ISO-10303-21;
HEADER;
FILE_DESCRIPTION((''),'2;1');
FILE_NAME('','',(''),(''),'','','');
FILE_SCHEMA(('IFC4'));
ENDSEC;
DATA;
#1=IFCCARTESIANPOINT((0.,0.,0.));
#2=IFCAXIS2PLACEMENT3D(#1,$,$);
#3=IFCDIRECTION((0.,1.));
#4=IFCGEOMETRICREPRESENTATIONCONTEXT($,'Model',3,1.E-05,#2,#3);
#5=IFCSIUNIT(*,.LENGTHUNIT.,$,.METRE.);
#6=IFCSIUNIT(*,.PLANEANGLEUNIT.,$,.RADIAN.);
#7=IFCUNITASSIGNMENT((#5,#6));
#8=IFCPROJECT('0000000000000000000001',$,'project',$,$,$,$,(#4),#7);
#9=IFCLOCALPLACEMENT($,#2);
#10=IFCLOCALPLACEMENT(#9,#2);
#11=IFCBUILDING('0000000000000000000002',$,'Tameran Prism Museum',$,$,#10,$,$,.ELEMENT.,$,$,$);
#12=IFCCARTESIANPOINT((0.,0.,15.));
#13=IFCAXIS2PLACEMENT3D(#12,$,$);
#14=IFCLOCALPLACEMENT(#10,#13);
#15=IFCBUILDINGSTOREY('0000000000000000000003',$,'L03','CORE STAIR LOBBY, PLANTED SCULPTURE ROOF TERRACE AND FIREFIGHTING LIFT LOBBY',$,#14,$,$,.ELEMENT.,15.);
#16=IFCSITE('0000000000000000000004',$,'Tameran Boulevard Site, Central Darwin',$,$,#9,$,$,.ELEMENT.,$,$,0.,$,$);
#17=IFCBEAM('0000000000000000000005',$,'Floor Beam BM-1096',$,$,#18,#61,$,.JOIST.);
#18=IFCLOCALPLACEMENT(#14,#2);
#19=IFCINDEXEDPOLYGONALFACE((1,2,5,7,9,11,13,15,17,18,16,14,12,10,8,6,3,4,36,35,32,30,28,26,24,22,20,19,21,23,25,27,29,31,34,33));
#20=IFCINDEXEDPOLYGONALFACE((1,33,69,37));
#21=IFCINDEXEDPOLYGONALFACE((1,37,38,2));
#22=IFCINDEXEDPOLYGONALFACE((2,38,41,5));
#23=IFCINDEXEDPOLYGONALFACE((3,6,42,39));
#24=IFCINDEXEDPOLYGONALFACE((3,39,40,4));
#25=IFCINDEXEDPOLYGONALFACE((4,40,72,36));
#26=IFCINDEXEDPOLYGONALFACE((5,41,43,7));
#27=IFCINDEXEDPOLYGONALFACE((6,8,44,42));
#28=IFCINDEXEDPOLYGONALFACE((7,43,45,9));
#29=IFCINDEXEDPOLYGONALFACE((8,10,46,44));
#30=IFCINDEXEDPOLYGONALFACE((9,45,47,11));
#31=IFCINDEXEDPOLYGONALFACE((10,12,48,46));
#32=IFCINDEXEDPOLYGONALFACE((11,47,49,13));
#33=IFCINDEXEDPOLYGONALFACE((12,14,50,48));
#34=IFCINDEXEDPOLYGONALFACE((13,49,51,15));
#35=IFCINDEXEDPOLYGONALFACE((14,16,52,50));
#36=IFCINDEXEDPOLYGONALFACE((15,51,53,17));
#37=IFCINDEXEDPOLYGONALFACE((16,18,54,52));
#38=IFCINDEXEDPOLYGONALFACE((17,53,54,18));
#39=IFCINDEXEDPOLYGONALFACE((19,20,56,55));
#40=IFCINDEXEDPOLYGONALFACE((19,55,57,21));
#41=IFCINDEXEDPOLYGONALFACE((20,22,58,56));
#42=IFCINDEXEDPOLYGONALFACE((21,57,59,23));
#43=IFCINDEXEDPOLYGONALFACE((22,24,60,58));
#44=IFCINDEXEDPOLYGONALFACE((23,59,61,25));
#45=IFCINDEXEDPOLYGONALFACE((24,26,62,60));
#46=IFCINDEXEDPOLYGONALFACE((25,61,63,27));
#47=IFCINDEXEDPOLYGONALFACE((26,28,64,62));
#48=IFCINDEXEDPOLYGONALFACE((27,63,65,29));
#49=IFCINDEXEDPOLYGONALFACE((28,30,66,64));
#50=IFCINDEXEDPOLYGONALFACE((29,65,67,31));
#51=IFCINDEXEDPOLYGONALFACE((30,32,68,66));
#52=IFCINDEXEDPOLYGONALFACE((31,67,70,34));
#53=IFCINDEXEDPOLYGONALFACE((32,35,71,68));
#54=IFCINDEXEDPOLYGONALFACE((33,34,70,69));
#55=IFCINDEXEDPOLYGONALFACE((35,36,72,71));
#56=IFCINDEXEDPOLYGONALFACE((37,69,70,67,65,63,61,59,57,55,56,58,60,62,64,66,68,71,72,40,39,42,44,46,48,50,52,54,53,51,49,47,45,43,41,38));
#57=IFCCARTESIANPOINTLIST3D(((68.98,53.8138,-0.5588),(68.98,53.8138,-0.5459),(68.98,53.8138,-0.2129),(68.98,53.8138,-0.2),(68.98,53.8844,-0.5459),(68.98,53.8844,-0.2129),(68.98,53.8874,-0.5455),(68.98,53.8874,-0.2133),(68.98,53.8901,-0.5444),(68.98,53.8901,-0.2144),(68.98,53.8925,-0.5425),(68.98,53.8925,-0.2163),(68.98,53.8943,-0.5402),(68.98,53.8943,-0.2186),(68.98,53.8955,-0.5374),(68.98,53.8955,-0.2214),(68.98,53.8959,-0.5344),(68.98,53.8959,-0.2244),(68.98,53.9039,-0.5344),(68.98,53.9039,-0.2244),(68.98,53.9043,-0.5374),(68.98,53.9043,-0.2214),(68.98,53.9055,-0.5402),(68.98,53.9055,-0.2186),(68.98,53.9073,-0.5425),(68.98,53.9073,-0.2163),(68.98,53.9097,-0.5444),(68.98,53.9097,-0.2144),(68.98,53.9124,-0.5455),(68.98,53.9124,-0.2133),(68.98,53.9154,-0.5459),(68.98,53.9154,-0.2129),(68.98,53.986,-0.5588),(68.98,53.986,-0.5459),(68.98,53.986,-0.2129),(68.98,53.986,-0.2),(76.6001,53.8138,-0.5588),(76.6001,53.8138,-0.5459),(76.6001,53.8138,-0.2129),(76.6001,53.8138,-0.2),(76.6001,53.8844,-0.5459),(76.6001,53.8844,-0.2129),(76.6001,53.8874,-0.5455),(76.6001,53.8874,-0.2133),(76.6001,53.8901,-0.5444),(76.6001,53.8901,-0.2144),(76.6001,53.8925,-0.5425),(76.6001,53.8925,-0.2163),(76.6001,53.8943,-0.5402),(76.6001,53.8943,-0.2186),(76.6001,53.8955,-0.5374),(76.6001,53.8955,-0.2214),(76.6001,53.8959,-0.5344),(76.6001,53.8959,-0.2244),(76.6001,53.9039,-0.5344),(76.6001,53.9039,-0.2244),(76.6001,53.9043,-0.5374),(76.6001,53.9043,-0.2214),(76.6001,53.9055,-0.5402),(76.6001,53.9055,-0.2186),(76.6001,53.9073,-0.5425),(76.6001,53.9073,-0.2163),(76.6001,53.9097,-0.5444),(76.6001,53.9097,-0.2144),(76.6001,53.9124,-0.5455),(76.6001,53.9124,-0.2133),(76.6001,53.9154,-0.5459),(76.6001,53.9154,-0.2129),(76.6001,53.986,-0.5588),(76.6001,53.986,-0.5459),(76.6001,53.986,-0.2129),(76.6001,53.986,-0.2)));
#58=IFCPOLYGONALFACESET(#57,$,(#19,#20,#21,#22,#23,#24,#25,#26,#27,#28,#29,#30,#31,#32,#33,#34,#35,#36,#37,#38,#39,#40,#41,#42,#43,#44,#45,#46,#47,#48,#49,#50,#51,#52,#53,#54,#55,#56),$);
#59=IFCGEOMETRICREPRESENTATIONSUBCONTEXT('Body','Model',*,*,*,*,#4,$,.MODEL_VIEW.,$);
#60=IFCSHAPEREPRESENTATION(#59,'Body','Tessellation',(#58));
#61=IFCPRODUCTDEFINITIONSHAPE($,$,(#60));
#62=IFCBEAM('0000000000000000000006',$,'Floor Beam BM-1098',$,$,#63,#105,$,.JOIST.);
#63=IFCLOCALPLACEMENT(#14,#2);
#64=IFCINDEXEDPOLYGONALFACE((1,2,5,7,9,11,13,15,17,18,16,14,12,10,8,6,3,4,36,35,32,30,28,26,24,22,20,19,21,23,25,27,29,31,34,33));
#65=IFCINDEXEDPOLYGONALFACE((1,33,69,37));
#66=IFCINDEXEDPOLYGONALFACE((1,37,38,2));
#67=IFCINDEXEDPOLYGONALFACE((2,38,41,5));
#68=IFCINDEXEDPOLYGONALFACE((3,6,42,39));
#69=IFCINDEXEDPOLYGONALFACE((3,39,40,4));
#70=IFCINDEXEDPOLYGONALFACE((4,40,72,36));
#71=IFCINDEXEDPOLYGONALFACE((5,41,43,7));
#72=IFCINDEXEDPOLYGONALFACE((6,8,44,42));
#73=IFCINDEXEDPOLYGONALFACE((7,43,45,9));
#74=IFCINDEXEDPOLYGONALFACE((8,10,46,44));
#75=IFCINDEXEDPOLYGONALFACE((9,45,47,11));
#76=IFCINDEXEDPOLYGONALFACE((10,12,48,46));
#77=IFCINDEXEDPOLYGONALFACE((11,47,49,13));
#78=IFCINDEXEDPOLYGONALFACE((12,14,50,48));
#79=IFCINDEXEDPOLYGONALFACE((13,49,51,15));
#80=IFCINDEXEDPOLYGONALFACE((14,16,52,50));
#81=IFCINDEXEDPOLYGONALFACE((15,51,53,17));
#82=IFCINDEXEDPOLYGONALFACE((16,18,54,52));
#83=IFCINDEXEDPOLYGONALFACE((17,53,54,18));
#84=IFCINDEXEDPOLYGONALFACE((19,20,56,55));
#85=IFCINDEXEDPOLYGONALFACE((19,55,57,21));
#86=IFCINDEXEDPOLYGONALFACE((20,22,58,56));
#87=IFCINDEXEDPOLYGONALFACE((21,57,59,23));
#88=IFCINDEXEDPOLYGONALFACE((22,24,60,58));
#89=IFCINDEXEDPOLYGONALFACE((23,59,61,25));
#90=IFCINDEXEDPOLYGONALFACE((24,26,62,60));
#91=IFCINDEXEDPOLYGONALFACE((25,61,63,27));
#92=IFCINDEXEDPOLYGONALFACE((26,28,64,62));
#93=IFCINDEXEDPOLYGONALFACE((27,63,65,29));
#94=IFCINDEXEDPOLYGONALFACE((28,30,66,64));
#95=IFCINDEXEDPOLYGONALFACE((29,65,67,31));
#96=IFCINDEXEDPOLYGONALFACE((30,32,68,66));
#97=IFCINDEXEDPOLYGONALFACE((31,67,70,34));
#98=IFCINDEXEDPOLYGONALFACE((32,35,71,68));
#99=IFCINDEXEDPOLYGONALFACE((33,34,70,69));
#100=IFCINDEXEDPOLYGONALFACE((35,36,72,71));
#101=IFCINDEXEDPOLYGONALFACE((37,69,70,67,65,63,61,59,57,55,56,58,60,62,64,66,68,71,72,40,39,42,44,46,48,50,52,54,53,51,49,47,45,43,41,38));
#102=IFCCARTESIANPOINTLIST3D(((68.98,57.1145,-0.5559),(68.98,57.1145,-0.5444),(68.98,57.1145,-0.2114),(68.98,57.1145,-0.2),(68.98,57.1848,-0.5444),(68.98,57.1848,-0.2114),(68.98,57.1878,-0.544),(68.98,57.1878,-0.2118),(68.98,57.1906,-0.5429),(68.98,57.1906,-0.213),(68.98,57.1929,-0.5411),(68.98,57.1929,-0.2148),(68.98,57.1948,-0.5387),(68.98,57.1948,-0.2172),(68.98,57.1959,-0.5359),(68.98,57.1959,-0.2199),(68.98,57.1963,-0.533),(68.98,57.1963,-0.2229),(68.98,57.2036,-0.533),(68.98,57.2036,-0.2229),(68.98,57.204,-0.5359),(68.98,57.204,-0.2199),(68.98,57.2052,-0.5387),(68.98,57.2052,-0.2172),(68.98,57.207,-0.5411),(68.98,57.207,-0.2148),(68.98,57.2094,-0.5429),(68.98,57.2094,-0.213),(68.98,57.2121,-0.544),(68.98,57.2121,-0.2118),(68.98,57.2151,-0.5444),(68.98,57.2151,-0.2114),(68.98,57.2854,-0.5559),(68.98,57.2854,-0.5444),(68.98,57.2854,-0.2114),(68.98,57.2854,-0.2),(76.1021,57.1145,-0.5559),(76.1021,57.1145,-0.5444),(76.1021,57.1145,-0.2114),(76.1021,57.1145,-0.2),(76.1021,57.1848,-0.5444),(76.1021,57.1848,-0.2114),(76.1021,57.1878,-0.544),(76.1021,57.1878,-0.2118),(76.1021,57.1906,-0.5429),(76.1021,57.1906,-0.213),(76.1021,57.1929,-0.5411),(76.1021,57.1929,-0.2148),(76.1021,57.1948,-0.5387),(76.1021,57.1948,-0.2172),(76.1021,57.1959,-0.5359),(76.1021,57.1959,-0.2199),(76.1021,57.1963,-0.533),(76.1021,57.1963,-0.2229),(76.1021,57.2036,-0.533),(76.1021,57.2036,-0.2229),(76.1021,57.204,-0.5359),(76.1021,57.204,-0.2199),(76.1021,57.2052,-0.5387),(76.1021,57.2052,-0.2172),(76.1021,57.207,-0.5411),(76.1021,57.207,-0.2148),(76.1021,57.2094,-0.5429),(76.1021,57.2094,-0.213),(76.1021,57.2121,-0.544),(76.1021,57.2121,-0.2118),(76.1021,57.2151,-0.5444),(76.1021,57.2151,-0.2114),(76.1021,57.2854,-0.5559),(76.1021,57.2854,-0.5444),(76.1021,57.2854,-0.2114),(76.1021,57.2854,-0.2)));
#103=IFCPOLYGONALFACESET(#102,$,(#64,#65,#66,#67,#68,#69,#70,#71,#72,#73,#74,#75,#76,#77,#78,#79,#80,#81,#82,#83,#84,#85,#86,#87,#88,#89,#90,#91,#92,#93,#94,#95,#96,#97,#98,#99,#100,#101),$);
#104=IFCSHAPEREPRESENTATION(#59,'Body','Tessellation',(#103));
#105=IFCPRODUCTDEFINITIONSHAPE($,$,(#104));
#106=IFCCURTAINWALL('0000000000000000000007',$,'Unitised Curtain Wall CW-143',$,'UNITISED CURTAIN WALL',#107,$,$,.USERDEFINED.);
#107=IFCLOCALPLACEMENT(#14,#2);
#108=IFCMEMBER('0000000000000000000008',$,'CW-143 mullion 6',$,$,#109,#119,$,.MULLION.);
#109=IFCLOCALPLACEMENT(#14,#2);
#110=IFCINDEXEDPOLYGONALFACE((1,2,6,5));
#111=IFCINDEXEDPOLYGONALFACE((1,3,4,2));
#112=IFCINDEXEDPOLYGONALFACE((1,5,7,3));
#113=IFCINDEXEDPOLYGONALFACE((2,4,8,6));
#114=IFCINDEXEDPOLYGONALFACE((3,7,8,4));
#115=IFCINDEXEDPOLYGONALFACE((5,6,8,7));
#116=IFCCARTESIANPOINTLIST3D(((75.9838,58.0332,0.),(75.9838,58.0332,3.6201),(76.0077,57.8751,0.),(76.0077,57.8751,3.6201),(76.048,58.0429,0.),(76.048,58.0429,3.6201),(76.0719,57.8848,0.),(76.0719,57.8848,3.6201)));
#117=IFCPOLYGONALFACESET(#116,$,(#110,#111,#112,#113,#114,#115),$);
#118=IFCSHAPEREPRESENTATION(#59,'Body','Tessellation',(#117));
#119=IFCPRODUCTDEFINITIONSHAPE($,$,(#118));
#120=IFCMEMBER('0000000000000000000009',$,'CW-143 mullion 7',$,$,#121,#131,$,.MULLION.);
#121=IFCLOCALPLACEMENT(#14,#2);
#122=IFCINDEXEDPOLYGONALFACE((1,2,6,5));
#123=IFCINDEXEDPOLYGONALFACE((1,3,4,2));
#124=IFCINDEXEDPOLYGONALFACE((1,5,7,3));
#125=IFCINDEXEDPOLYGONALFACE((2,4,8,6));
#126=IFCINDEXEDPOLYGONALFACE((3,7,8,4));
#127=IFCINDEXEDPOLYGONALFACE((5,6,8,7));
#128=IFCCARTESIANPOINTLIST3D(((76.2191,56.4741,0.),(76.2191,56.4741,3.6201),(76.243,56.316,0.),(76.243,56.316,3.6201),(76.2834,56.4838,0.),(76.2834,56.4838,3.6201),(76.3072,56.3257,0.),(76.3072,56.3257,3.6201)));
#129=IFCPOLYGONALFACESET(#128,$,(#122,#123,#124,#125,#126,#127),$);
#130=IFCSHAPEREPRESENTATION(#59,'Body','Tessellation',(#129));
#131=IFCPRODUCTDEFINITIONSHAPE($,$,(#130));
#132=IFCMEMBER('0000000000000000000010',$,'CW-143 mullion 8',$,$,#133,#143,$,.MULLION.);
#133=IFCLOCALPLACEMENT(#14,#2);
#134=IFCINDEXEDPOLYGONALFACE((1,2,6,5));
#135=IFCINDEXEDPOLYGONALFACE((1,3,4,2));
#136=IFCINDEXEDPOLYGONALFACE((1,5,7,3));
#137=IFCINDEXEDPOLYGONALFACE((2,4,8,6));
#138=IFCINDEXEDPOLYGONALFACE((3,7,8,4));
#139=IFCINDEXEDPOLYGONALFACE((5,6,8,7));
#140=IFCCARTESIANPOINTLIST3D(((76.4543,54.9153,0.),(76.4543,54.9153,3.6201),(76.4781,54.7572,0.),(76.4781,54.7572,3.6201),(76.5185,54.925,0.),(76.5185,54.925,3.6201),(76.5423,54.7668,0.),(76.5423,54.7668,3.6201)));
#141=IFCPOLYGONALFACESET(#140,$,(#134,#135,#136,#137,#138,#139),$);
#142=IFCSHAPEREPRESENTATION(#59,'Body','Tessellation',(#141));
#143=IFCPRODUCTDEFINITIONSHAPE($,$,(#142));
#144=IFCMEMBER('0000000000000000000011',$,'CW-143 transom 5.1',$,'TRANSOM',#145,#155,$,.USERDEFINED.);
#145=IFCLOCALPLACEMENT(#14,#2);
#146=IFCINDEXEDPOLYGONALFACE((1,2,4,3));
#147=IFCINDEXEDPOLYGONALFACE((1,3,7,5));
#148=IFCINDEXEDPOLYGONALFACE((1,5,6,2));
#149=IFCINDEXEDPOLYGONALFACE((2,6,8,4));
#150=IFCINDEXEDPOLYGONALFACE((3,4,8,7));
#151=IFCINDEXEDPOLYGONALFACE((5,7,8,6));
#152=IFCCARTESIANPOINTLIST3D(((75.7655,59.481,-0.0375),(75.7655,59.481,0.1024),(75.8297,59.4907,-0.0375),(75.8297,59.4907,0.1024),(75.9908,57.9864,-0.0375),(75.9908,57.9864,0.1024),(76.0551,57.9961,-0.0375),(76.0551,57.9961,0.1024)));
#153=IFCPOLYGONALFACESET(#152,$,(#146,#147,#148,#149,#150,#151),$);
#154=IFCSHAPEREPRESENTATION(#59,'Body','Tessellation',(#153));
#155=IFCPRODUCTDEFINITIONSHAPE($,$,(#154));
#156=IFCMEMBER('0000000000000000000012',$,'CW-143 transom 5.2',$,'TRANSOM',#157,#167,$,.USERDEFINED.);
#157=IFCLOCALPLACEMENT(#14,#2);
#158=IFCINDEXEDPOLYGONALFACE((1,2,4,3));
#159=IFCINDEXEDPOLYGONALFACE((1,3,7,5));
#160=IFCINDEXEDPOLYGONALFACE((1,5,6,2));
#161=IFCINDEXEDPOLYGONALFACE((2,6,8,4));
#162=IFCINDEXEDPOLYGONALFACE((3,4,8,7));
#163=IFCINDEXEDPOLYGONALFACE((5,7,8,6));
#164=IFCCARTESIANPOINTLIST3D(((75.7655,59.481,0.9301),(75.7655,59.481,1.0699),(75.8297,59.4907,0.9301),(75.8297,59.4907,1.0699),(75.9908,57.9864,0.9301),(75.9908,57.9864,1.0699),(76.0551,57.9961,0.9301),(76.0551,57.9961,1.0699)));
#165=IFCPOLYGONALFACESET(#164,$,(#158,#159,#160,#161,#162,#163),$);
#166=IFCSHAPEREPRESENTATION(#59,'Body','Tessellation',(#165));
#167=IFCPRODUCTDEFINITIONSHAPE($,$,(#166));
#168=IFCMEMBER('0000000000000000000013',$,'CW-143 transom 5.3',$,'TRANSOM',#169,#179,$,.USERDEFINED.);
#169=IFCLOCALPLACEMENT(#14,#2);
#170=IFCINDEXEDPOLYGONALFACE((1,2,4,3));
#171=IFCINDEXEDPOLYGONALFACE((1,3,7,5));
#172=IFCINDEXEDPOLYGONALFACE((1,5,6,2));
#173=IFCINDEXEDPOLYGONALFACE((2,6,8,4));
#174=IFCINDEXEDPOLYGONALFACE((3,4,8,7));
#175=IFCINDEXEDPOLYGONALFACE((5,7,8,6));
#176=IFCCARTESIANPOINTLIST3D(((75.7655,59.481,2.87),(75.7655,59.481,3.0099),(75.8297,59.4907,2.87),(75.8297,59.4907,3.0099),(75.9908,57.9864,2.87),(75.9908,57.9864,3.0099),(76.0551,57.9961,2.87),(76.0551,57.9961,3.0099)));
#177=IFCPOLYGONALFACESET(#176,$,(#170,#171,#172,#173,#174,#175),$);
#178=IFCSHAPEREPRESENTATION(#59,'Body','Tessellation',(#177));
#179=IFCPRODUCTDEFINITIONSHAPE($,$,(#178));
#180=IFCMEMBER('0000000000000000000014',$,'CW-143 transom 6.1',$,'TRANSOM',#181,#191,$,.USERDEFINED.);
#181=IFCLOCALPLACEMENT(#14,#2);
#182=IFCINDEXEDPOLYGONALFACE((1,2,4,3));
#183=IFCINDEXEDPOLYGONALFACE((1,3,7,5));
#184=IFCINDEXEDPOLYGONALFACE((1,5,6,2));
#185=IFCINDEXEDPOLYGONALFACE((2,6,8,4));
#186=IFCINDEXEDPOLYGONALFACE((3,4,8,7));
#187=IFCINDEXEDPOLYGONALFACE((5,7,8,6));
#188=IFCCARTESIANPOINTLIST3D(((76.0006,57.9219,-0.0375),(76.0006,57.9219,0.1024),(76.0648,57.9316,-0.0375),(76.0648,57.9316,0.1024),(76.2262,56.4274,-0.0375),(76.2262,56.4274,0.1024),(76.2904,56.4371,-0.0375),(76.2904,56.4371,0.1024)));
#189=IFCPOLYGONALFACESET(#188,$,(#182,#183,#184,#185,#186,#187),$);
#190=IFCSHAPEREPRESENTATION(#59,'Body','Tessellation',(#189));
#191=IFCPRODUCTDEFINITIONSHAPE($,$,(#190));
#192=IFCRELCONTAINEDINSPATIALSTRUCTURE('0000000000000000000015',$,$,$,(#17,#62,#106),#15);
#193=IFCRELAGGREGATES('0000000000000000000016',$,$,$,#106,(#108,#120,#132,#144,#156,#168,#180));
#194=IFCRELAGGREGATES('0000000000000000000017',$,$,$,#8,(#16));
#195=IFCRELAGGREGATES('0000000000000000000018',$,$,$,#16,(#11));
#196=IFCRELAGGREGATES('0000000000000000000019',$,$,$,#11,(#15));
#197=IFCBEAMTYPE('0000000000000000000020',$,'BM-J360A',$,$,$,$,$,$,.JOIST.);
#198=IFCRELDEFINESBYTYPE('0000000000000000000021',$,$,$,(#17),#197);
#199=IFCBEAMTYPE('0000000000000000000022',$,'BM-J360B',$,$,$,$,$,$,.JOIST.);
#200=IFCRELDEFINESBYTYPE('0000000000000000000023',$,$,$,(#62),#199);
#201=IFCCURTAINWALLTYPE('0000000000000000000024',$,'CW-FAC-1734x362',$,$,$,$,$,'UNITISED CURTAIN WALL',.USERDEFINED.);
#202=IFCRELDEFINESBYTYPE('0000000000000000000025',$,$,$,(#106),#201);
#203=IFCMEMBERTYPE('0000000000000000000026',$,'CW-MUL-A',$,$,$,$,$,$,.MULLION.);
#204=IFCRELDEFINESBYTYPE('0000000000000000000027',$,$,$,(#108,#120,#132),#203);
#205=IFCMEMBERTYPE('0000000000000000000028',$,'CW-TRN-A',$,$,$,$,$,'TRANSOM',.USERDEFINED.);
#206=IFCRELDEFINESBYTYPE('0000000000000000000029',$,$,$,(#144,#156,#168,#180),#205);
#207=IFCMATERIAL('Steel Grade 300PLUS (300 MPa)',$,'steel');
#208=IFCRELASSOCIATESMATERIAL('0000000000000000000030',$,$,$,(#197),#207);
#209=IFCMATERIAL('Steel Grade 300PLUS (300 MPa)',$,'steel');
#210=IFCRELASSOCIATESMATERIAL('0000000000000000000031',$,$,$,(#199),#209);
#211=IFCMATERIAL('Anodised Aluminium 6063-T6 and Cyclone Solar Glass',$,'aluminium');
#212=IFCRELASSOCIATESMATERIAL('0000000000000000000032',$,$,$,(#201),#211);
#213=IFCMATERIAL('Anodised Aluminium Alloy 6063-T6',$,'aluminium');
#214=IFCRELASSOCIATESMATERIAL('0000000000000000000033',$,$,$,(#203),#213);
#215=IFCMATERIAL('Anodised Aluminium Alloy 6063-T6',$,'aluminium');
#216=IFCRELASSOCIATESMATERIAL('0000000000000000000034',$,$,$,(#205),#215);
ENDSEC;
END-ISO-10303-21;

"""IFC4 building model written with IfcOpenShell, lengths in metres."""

from ifc_helpers import new_model, si_unit, direction, frame, origin, origin_2d, place, context, subcontext, project, spatial, rectangle, i_section, extrude, material, material_profile, profile_set, type_object, element, aggregate, save


model = new_model("IFC4")

# Units and contexts
model_context = context("Model", 3, precision=1e-05, world=origin(), true_north=direction((0.0, 1.0)))
body_context = subcontext(model_context, "Body", "Model", "MODEL_VIEW")
ifc_project = project(units=[si_unit("LENGTHUNIT", "METRE"), si_unit("PLANEANGLEUNIT", "RADIAN")], contexts=[model_context])

# Site, building, storey
site_placement = place(None, origin())
site = spatial("IfcSite", under=ifc_project, at=site_placement, Name="Tameran Boulevard Site, Central Darwin", CompositionType="ELEMENT", RefElevation=0.0)
building_placement = place(site_placement, origin())
building = spatial("IfcBuilding", under=site, at=building_placement, Name="Tameran Prism Museum", CompositionType="ELEMENT")
storey_placement = place(building_placement, frame((0.0, 0.0, 15.0)))
storey = spatial("IfcBuildingStorey", under=building, at=storey_placement, Name="L03", Description="CORE STAIR LOBBY, PLANTED SCULPTURE ROOF TERRACE AND FIREFIGHTING LIFT LOBBY", CompositionType="ELEMENT", Elevation=15.0)

# Beams
ifc_material_1 = material(Name="Steel Grade 300PLUS (300 MPa)", Category="steel")
ifc_material_profile_1 = material_profile(ifc_material_1, i_section(OverallWidth=0.1721, OverallDepth=0.3589, WebThickness=0.0081, FlangeThickness=0.0129, FilletRadius=0.0115, at=origin_2d()))
ifc_profile_set_1 = profile_set([ifc_material_profile_1])
beam_type_1 = type_object("IfcBeamType", Name="BM-J360A", PredefinedType="JOIST", material=ifc_profile_set_1)
beam_1_placement = place(storey_placement, frame((68.98, 53.8999, -0.3794), z_axis=(1.0, 0.0, 0.0), x_axis=(0.0, 1.0, 0.0)))
element("IfcBeam", 1, at=beam_1_placement, inside=storey, type_object=beam_type_1, Name="Floor Beam BM-1096", PredefinedType="JOIST", context=body_context, shape_type="SweptSolid", body=[
    extrude(i_section(OverallWidth=0.1721, OverallDepth=0.3589, WebThickness=0.0081, FlangeThickness=0.0129, FilletRadius=0.0115, at=origin_2d()), origin(), (0.0, 0.0, 1.0), 7.6201),
])
ifc_material_2 = material(Name="Steel Grade 300PLUS (300 MPa)", Category="steel")
ifc_material_profile_2 = material_profile(ifc_material_2, i_section(OverallWidth=0.1709, OverallDepth=0.356, WebThickness=0.0073, FlangeThickness=0.0115, FilletRadius=0.0115, at=origin_2d()))
ifc_profile_set_2 = profile_set([ifc_material_profile_2])
beam_type_2 = type_object("IfcBeamType", Name="BM-J360B", PredefinedType="JOIST", material=ifc_profile_set_2)
beam_2_placement = place(storey_placement, frame((68.98, 57.2, -0.3779), z_axis=(1.0, 0.0, 0.0), x_axis=(0.0, 1.0, 0.0)))
element("IfcBeam", 2, at=beam_2_placement, inside=storey, type_object=beam_type_2, Name="Floor Beam BM-1098", PredefinedType="JOIST", context=body_context, shape_type="SweptSolid", body=[
    extrude(i_section(OverallWidth=0.1709, OverallDepth=0.356, WebThickness=0.0073, FlangeThickness=0.0115, FilletRadius=0.0115, at=origin_2d()), origin(), (0.0, 0.0, 1.0), 7.1221),
])

# Curtain wall, members
ifc_material_3 = material(Name="Anodised Aluminium 6063-T6 and Cyclone Solar Glass", Category="aluminium")
curtain_wall_type = type_object("IfcCurtainWallType", Name="CW-FAC-1734x362", ElementType="UNITISED CURTAIN WALL", PredefinedType="USERDEFINED", material=ifc_material_3)
curtain_wall_placement = place(storey_placement, origin())
curtain_wall = element("IfcCurtainWall", 3, at=curtain_wall_placement, inside=storey, type_object=curtain_wall_type, Name="Unitised Curtain Wall CW-143", ObjectType="UNITISED CURTAIN WALL", PredefinedType="USERDEFINED")
ifc_material_4 = material(Name="Anodised Aluminium Alloy 6063-T6", Category="aluminium")
ifc_material_profile_3 = material_profile(ifc_material_4, rectangle(XDim=0.0649, YDim=0.1599, at=origin_2d()))
ifc_profile_set_3 = profile_set([ifc_material_profile_3])
member_type_1 = type_object("IfcMemberType", Name="CW-MUL-A", PredefinedType="MULLION", material=ifc_profile_set_3)
member_1_placement = place(storey_placement, frame((76.0278, 57.959, 0.0), z_axis=(0.0, 0.0, 1.0), x_axis=(0.988812, 0.149167, 0.0)))
member_1 = element("IfcMember", 4, at=member_1_placement, type_object=member_type_1, Name="CW-143 mullion 6", PredefinedType="MULLION", context=body_context, shape_type="SweptSolid", body=[
    extrude(rectangle(XDim=0.0649, YDim=0.1599, at=origin_2d()), origin(), (0.0, 0.0, 1.0), 3.6201),
])
member_2_placement = place(storey_placement, frame((76.2632, 56.3999, 0.0), z_axis=(0.0, 0.0, 1.0), x_axis=(0.988812, 0.149167, 0.0)))
member_2 = element("IfcMember", 5, at=member_2_placement, type_object=member_type_1, Name="CW-143 mullion 7", PredefinedType="MULLION", context=body_context, shape_type="SweptSolid", body=[
    extrude(rectangle(XDim=0.0649, YDim=0.1599, at=origin_2d()), origin(), (0.0, 0.0, 1.0), 3.6201),
])
member_3_placement = place(storey_placement, frame((76.4983, 54.8411, 0.0), z_axis=(0.0, 0.0, 1.0), x_axis=(0.988812, 0.149167, 0.0)))
member_3 = element("IfcMember", 6, at=member_3_placement, type_object=member_type_1, Name="CW-143 mullion 8", PredefinedType="MULLION", context=body_context, shape_type="SweptSolid", body=[
    extrude(rectangle(XDim=0.0649, YDim=0.1599, at=origin_2d()), origin(), (0.0, 0.0, 1.0), 3.6201),
])
ifc_material_5 = material(Name="Anodised Aluminium Alloy 6063-T6", Category="aluminium")
ifc_material_profile_4 = material_profile(ifc_material_5, rectangle(XDim=0.0649, YDim=0.1399, at=origin_2d()))
ifc_profile_set_4 = profile_set([ifc_material_profile_4])
member_type_2 = type_object("IfcMemberType", Name="CW-TRN-A", ElementType="TRANSOM", PredefinedType="USERDEFINED", material=ifc_profile_set_4)
member_4_placement = place(storey_placement, frame((75.7976, 59.4858, 0.0325), z_axis=(0.149083, -0.988825, 0.0), x_axis=(0.988825, 0.149083, 0.0)))
member_4 = element("IfcMember", 7, at=member_4_placement, type_object=member_type_2, Name="CW-143 transom 5.1", ObjectType="TRANSOM", PredefinedType="USERDEFINED", context=body_context, shape_type="SweptSolid", body=[
    extrude(rectangle(XDim=0.0649, YDim=0.1399, at=origin_2d()), origin(), (0.0, 0.0, 1.0), 1.5115),
])
member_5_placement = place(storey_placement, frame((75.7976, 59.4858, 1.0), z_axis=(0.149083, -0.988825, 0.0), x_axis=(0.988825, 0.149083, 0.0)))
member_5 = element("IfcMember", 8, at=member_5_placement, type_object=member_type_2, Name="CW-143 transom 5.2", ObjectType="TRANSOM", PredefinedType="USERDEFINED", context=body_context, shape_type="SweptSolid", body=[
    extrude(rectangle(XDim=0.0649, YDim=0.1399, at=origin_2d()), origin(), (0.0, 0.0, 1.0), 1.5115),
])
member_6_placement = place(storey_placement, frame((75.7976, 59.4858, 2.9399), z_axis=(0.149083, -0.988825, 0.0), x_axis=(0.988825, 0.149083, 0.0)))
member_6 = element("IfcMember", 9, at=member_6_placement, type_object=member_type_2, Name="CW-143 transom 5.3", ObjectType="TRANSOM", PredefinedType="USERDEFINED", context=body_context, shape_type="SweptSolid", body=[
    extrude(rectangle(XDim=0.0649, YDim=0.1399, at=origin_2d()), origin(), (0.0, 0.0, 1.0), 1.5115),
])
member_7_placement = place(storey_placement, frame((76.0327, 57.9268, 0.0325), z_axis=(0.149241, -0.988801, 0.0), x_axis=(0.988801, 0.149241, 0.0)))
member_7 = element("IfcMember", 10, at=member_7_placement, type_object=member_type_2, Name="CW-143 transom 6.1", ObjectType="TRANSOM", PredefinedType="USERDEFINED", context=body_context, shape_type="SweptSolid", body=[
    extrude(rectangle(XDim=0.0649, YDim=0.1399, at=origin_2d()), origin(), (0.0, 0.0, 1.0), 1.5115),
])
aggregate(curtain_wall, [member_1, member_2, member_3, member_4, member_5, member_6, member_7])

save(model, "model.ifc")
